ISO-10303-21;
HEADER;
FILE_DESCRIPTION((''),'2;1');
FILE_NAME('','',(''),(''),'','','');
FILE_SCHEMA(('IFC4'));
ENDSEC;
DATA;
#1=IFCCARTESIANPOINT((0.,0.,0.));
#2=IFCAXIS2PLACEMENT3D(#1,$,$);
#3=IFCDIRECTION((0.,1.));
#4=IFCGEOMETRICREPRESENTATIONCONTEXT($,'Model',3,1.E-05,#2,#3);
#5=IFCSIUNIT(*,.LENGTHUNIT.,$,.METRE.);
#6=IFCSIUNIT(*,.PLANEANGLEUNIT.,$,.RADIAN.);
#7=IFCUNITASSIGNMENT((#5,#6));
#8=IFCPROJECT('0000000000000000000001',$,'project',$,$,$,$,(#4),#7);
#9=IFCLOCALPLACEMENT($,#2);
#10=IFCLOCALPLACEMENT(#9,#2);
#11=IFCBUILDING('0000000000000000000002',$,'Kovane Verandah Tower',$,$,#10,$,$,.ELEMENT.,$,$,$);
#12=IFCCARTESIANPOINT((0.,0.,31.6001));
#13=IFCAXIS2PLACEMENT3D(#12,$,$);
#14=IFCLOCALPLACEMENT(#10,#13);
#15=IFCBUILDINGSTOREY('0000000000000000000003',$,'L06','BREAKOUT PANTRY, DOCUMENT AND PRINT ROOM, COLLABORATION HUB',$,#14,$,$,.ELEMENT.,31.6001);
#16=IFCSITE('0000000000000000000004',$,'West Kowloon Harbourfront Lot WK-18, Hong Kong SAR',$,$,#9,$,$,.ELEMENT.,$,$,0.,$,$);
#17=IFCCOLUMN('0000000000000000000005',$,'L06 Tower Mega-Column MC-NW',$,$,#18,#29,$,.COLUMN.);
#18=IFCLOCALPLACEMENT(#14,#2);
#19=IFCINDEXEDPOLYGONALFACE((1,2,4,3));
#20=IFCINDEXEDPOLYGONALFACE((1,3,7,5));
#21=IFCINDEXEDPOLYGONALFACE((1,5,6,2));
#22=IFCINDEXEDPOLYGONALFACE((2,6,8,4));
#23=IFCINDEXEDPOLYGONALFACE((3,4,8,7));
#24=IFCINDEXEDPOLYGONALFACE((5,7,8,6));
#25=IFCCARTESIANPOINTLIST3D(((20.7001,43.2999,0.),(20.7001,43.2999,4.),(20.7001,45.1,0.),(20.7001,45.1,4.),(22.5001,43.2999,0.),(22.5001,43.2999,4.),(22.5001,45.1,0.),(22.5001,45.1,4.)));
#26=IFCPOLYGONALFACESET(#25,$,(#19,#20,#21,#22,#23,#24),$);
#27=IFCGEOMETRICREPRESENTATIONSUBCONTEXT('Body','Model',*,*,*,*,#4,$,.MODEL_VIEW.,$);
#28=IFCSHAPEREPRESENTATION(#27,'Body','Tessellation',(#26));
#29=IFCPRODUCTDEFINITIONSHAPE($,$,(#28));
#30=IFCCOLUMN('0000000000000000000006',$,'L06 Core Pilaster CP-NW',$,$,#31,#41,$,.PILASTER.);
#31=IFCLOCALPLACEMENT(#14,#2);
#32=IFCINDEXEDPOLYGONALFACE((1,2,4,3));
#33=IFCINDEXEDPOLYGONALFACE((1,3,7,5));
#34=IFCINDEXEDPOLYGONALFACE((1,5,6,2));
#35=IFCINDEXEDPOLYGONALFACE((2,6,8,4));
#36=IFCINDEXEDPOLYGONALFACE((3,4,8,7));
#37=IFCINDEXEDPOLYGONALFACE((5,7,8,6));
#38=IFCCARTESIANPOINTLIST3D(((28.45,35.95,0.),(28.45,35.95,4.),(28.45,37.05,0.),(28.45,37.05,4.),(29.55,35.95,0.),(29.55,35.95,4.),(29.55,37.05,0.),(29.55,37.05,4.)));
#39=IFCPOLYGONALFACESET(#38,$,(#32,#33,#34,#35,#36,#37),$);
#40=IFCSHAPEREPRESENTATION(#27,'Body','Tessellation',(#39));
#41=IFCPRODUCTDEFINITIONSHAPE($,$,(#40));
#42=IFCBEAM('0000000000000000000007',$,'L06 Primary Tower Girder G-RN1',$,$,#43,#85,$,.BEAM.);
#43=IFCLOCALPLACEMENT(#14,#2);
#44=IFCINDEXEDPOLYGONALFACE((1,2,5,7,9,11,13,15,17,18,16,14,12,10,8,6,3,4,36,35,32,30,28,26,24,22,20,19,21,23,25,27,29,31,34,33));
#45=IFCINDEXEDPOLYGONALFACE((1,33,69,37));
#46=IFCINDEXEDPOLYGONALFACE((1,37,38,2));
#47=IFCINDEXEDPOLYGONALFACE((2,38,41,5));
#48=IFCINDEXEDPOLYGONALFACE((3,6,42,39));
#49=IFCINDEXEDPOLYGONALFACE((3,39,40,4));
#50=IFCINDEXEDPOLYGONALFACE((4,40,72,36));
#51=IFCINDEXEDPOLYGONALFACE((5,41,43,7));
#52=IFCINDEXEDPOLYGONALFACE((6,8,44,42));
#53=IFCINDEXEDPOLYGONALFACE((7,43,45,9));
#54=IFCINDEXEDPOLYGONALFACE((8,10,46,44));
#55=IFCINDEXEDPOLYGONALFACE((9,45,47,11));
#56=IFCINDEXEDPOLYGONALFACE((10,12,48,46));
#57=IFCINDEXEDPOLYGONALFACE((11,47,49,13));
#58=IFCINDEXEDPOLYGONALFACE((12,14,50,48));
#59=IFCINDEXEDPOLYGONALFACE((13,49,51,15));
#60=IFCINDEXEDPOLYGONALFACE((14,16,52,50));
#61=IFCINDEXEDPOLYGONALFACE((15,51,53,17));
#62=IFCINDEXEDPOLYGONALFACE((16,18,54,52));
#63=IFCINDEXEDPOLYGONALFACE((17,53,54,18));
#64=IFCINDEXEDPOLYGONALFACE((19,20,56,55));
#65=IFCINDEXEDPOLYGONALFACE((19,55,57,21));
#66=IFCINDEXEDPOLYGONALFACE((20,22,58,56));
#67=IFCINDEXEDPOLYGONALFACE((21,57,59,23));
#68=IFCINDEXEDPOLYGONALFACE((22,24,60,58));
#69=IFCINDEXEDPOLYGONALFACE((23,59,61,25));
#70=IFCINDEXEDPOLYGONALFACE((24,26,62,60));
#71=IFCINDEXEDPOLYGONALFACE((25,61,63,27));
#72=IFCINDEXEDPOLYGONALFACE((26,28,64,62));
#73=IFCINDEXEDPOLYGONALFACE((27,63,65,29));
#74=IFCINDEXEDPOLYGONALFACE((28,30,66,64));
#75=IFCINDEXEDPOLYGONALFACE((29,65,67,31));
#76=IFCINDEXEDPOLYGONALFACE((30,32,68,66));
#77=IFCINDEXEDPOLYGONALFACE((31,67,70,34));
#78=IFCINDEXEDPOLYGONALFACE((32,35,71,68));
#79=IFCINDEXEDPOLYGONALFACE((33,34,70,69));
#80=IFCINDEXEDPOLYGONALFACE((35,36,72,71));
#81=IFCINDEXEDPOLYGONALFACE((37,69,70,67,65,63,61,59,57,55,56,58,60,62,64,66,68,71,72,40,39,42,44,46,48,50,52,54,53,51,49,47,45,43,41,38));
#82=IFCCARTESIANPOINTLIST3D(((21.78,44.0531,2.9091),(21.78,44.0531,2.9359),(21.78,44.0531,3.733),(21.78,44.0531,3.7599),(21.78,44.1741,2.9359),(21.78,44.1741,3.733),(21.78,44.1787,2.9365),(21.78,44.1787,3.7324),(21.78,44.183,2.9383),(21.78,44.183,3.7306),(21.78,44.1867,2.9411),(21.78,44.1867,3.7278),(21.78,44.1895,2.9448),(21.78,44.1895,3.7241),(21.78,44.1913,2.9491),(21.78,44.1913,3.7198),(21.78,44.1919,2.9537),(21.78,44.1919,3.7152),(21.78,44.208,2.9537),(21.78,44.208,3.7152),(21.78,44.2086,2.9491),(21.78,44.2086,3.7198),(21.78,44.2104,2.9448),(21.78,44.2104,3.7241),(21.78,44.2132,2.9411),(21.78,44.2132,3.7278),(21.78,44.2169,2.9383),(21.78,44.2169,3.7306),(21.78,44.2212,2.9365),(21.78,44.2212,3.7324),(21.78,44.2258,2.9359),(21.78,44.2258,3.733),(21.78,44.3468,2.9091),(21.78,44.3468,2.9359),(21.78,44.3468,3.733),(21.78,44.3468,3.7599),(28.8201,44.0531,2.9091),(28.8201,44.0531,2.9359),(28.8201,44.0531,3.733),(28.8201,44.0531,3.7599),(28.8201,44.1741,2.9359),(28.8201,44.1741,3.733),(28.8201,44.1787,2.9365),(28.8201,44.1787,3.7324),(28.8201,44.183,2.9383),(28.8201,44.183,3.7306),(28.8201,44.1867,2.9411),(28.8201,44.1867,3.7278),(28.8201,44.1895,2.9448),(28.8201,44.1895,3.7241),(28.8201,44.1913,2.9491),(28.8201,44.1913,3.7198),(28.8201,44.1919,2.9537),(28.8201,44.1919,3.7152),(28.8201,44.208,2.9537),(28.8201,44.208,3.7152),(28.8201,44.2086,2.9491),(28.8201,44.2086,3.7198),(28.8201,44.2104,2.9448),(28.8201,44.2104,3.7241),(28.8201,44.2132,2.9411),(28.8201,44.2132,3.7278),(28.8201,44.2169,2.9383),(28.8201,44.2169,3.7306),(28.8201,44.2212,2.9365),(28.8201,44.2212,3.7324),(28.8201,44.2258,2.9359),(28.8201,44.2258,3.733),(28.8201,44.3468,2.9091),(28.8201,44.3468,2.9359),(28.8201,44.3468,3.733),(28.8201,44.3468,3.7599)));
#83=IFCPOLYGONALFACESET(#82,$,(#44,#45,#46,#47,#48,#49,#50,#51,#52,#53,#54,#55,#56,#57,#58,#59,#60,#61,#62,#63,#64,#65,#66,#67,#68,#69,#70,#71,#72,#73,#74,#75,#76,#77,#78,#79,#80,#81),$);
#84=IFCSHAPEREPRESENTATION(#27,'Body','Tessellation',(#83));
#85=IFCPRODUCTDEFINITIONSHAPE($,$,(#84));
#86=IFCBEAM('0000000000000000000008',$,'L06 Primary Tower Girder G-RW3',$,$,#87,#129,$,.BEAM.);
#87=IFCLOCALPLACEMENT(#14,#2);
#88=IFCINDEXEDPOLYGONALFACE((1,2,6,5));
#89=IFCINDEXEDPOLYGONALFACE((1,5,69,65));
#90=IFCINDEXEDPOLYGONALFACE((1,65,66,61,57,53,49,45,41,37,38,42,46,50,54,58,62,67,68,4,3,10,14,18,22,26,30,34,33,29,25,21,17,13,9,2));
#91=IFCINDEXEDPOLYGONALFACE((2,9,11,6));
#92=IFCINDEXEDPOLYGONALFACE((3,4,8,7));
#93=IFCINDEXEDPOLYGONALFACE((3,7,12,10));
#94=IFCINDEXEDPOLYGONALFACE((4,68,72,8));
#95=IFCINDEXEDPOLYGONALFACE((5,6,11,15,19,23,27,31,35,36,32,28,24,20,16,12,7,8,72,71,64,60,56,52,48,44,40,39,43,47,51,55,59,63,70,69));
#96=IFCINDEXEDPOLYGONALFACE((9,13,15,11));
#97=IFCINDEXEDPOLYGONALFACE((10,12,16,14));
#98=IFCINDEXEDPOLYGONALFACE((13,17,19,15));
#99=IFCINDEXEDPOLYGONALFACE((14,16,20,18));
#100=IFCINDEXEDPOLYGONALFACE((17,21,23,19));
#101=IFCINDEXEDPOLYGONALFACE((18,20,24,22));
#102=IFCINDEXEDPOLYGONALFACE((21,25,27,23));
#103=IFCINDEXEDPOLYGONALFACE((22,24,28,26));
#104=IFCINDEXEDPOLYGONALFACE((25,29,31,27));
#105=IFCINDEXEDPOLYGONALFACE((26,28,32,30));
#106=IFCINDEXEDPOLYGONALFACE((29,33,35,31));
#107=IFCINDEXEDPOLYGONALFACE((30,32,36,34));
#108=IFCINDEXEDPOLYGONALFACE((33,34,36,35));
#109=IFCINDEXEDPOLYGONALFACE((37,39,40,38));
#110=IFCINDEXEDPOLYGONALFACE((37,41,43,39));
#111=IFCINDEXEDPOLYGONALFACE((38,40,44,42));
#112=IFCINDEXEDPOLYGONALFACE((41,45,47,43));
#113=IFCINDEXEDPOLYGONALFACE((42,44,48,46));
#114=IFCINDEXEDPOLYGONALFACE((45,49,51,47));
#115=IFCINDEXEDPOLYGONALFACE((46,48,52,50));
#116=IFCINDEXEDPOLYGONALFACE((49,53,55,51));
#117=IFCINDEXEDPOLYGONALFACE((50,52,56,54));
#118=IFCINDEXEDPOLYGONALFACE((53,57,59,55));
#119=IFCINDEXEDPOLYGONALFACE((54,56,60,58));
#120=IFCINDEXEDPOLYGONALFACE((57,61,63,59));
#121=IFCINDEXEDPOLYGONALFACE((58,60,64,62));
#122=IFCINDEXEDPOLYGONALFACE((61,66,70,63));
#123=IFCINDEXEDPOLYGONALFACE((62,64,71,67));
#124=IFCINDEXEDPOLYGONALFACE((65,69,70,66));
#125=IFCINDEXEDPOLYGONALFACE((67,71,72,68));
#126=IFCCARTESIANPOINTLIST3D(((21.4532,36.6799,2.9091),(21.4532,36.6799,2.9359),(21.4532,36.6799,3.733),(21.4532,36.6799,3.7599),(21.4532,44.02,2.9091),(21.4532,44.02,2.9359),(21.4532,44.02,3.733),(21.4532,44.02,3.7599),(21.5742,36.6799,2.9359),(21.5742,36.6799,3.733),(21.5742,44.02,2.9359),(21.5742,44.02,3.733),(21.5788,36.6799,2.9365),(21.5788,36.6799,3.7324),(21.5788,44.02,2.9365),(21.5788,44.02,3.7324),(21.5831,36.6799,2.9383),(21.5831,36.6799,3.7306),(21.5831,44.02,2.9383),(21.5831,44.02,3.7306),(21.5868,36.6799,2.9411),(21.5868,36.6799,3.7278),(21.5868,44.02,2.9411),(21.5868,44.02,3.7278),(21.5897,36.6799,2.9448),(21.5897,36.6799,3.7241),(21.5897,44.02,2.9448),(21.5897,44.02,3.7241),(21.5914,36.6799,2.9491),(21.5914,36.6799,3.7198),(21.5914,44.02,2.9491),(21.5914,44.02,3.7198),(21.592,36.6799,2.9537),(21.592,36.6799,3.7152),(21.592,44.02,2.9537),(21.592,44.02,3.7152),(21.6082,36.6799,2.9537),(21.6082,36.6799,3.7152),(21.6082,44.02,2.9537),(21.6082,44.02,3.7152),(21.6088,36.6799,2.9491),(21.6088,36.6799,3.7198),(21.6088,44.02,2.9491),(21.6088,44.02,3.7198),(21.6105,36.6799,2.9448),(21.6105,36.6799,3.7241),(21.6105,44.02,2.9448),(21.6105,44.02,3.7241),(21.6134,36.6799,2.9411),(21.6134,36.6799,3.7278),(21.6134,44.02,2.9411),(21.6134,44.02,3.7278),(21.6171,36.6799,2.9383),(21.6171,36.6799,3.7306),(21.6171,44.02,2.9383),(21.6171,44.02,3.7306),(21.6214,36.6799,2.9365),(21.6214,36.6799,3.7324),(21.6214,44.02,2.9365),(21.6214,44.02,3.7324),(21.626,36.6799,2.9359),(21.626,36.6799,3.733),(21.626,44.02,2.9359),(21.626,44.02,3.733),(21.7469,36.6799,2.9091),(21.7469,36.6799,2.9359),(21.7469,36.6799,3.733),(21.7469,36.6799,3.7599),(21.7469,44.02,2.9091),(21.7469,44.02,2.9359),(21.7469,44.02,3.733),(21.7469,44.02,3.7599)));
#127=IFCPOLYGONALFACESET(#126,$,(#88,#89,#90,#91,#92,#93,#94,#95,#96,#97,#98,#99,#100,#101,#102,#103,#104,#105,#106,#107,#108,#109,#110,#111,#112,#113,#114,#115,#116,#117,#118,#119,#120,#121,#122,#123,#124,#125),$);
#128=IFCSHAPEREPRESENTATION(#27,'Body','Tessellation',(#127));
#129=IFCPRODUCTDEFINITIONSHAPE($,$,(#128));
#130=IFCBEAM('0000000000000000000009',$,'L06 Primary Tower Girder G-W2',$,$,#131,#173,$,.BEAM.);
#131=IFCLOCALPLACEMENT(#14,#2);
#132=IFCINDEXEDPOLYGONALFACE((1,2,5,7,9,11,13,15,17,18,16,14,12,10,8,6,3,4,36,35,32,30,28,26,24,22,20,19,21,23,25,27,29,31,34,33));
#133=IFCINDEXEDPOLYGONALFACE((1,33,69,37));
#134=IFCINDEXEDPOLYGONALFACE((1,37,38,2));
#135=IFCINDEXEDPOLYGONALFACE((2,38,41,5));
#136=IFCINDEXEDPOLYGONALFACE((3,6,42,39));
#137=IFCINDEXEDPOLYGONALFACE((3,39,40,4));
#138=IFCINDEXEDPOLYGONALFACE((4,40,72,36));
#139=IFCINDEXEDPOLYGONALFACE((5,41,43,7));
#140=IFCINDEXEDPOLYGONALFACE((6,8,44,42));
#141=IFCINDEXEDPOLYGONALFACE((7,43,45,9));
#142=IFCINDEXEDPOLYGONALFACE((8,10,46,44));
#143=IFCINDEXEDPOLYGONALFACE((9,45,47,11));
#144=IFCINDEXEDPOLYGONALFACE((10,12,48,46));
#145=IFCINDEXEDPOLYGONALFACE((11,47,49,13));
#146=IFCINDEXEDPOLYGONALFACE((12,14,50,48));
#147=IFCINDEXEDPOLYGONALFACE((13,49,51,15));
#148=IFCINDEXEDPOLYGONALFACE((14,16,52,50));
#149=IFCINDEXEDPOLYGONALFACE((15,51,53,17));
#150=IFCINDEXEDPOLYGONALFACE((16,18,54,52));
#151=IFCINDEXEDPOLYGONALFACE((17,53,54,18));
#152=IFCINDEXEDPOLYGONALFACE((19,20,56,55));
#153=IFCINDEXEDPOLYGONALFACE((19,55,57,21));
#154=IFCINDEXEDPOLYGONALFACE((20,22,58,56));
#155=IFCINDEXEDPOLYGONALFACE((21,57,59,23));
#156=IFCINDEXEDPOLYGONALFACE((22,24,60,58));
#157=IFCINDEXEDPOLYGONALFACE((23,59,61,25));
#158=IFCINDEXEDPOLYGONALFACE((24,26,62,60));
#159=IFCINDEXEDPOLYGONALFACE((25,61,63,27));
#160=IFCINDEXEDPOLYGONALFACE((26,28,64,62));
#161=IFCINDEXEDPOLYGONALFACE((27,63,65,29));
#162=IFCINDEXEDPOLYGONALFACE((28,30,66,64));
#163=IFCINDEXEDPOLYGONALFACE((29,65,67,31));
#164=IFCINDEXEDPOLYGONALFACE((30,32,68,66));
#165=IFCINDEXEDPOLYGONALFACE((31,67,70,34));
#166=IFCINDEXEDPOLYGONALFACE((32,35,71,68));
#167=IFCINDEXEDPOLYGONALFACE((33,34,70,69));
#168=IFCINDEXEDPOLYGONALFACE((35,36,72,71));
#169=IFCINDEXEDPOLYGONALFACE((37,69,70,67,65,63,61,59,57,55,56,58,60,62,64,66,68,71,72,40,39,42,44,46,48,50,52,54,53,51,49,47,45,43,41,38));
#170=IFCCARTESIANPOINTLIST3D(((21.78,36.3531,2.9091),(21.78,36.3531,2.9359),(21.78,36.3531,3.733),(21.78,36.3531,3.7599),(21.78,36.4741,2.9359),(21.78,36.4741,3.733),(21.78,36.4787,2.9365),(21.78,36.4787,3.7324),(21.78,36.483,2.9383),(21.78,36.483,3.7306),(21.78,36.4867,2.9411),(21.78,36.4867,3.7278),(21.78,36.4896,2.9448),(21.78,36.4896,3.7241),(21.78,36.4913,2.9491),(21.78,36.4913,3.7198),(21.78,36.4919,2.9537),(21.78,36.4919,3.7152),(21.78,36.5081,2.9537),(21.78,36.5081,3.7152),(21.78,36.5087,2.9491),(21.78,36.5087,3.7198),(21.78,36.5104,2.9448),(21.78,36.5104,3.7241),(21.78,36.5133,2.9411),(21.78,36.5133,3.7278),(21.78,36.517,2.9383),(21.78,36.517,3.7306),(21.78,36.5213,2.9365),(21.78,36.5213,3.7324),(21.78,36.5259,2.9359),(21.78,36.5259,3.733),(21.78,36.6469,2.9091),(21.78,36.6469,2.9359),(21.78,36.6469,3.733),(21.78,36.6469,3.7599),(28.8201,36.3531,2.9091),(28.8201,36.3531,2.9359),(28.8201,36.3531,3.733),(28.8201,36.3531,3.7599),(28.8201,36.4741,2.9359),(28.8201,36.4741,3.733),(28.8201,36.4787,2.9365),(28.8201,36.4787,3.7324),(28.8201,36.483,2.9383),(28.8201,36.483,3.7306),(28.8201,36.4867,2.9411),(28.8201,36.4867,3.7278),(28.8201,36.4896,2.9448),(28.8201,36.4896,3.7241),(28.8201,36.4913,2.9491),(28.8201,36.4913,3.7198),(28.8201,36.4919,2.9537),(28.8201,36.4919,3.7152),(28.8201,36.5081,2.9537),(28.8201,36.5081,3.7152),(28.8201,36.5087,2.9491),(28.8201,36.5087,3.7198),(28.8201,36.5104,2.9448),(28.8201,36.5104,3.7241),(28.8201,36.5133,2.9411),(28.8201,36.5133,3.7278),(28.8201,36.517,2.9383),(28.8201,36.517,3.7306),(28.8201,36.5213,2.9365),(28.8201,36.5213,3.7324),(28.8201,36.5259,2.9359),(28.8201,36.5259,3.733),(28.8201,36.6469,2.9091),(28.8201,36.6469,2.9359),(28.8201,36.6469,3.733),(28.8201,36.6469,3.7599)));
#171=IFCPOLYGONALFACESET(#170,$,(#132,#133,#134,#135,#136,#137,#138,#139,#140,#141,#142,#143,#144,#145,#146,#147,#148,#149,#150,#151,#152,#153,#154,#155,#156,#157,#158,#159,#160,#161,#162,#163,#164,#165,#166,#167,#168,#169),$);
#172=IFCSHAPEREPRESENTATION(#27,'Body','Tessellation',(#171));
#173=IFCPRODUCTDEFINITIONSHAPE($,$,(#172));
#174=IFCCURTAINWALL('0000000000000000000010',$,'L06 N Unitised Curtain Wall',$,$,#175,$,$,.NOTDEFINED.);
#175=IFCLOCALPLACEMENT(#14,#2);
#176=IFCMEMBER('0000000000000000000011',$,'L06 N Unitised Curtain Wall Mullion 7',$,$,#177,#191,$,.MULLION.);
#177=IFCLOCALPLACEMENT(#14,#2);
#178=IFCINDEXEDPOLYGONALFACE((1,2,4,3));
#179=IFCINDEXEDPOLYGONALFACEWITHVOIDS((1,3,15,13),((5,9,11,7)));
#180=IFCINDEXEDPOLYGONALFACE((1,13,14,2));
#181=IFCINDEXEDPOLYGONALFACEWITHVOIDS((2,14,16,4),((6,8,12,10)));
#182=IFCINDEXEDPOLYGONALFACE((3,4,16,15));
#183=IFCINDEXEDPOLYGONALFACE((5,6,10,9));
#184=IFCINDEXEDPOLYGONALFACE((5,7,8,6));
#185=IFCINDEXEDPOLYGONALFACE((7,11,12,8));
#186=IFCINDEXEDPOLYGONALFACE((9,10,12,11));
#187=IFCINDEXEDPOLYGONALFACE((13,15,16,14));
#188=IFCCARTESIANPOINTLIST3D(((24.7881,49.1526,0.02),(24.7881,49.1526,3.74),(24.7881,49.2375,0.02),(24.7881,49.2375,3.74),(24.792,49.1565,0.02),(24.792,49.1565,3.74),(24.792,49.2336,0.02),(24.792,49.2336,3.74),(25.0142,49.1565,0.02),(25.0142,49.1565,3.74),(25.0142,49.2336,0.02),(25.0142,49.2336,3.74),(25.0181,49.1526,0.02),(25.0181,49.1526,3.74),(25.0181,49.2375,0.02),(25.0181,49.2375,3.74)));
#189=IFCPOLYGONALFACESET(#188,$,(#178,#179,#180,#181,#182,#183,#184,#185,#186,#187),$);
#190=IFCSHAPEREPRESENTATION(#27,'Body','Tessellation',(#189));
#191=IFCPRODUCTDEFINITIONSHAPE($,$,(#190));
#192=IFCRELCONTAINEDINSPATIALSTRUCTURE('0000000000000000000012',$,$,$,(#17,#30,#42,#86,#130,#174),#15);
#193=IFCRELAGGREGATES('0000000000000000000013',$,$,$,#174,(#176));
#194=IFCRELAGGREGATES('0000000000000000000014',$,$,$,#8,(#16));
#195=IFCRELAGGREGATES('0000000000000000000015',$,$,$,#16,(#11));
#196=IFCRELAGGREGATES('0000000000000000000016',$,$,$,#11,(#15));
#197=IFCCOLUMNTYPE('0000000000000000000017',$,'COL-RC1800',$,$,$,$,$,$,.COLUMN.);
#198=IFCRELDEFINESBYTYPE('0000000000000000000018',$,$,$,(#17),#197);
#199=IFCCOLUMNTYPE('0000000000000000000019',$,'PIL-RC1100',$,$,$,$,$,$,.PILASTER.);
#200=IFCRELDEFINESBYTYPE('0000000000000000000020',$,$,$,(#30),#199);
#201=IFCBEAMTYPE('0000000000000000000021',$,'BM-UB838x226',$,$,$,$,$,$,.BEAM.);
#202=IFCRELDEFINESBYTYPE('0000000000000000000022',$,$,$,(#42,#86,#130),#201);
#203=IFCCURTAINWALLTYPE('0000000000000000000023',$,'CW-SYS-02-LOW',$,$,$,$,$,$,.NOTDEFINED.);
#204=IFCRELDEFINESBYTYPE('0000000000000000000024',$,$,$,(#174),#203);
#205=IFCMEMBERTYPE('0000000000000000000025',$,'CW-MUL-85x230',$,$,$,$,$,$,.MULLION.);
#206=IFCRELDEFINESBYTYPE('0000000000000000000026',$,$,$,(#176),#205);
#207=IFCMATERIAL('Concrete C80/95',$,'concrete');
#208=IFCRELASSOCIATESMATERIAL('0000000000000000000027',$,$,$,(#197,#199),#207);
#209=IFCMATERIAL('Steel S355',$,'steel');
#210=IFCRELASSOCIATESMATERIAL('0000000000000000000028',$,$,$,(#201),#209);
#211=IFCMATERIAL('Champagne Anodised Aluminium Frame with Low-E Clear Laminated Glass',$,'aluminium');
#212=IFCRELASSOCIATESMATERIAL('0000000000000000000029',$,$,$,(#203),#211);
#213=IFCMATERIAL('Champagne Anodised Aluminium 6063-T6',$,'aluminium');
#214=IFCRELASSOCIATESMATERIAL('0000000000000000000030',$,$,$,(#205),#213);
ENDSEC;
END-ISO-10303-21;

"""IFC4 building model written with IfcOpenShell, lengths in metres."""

from ifc_helpers import new_model, si_unit, direction, frame, origin, origin_2d, place, context, subcontext, project, spatial, rectangle, hollow_rectangle, i_section, extrude, material, material_profile, profile_set, type_object, element, aggregate, save


model = new_model("IFC4")

# Units and contexts
model_context = context("Model", 3, precision=1e-05, world=origin(), true_north=direction((0.0, 1.0)))
body_context = subcontext(model_context, "Body", "Model", "MODEL_VIEW")
ifc_project = project(units=[si_unit("LENGTHUNIT", "METRE"), si_unit("PLANEANGLEUNIT", "RADIAN")], contexts=[model_context])

# Site, building, storey
site_placement = place(None, origin())
site = spatial("IfcSite", under=ifc_project, at=site_placement, Name="West Kowloon Harbourfront Lot WK-18, Hong Kong SAR", CompositionType="ELEMENT", RefElevation=0.0)
building_placement = place(site_placement, origin())
building = spatial("IfcBuilding", under=site, at=building_placement, Name="Kovane Verandah Tower", CompositionType="ELEMENT")
storey_placement = place(building_placement, frame((0.0, 0.0, 31.6001)))
storey = spatial("IfcBuildingStorey", under=building, at=storey_placement, Name="L06", Description="BREAKOUT PANTRY, DOCUMENT AND PRINT ROOM, COLLABORATION HUB", CompositionType="ELEMENT", Elevation=31.6001)

# Columns
ifc_material_1 = material(Name="Concrete C80/95", Category="concrete")
ifc_material_profile_1 = material_profile(ifc_material_1, rectangle(XDim=1.8, YDim=1.8, at=origin_2d()), Name="RC1800x1800")
ifc_profile_set_1 = profile_set([ifc_material_profile_1], Name="Concrete C80/95")
column_type_1 = type_object("IfcColumnType", Name="COL-RC1800", PredefinedType="COLUMN", material=ifc_profile_set_1)
column_1_placement = place(storey_placement, frame((21.6001, 44.2, 0.0), z_axis=(0.0, 0.0, 1.0), x_axis=(1.0, 0.0, 0.0)))
element("IfcColumn", 1, at=column_1_placement, inside=storey, type_object=column_type_1, Name="L06 Tower Mega-Column MC-NW", PredefinedType="COLUMN", context=body_context, shape_type="SweptSolid", body=[
    extrude(rectangle(XDim=1.8, YDim=1.8, at=origin_2d()), origin(), (0.0, 0.0, 1.0), 4.0),
])
ifc_material_profile_2 = material_profile(ifc_material_1, rectangle(XDim=1.1001, YDim=1.1001, at=origin_2d()), Name="RC1100x1100")
ifc_profile_set_2 = profile_set([ifc_material_profile_2], Name="Concrete C80/95")
column_type_2 = type_object("IfcColumnType", Name="PIL-RC1100", PredefinedType="PILASTER", material=ifc_profile_set_2)
column_2_placement = place(storey_placement, frame((29.0, 36.5, 0.0), z_axis=(0.0, 0.0, 1.0), x_axis=(1.0, 0.0, 0.0)))
element("IfcColumn", 2, at=column_2_placement, inside=storey, type_object=column_type_2, Name="L06 Core Pilaster CP-NW", PredefinedType="PILASTER", context=body_context, shape_type="SweptSolid", body=[
    extrude(rectangle(XDim=1.1001, YDim=1.1001, at=origin_2d()), origin(), (0.0, 0.0, 1.0), 4.0),
])

# Beams
ifc_material_2 = material(Name="Steel S355", Category="steel")
ifc_material_profile_3 = material_profile(ifc_material_2, i_section(OverallWidth=0.2937, OverallDepth=0.8508, WebThickness=0.0161, FlangeThickness=0.0269, FilletRadius=0.0178, at=origin_2d()), Name="UB838x292x226")
ifc_profile_set_3 = profile_set([ifc_material_profile_3], Name="Steel S355")
beam_type_1 = type_object("IfcBeamType", Name="BM-UB838x226", PredefinedType="BEAM", material=ifc_profile_set_3)
beam_1_placement = place(storey_placement, frame((21.78, 44.2, 3.3345), z_axis=(1.0, 0.0, 0.0), x_axis=(0.0, 1.0, 0.0)))
element("IfcBeam", 3, at=beam_1_placement, inside=storey, type_object=beam_type_1, Name="L06 Primary Tower Girder G-RN1", PredefinedType="BEAM", context=body_context, shape_type="SweptSolid", body=[
    extrude(i_section(OverallWidth=0.2937, OverallDepth=0.8508, WebThickness=0.0161, FlangeThickness=0.0269, FilletRadius=0.0178, at=origin_2d()), origin(), (0.0, 0.0, 1.0), 7.04),
])
beam_2_placement = place(storey_placement, frame((21.6001, 36.6799, 3.3345), z_axis=(0.0, 1.0, 0.0), x_axis=(-1.0, 0.0, 0.0)))
element("IfcBeam", 4, at=beam_2_placement, inside=storey, type_object=beam_type_1, Name="L06 Primary Tower Girder G-RW3", PredefinedType="BEAM", context=body_context, shape_type="SweptSolid", body=[
    extrude(i_section(OverallWidth=0.2937, OverallDepth=0.8508, WebThickness=0.0161, FlangeThickness=0.0269, FilletRadius=0.0178, at=origin_2d()), origin(), (0.0, 0.0, 1.0), 7.3401),
])
beam_3_placement = place(storey_placement, frame((28.8201, 36.5, 3.3345), z_axis=(-1.0, 0.0, 0.0), x_axis=(0.0, -1.0, 0.0)))
element("IfcBeam", 5, at=beam_3_placement, inside=storey, type_object=beam_type_1, Name="L06 Primary Tower Girder G-W2", PredefinedType="BEAM", context=body_context, shape_type="SweptSolid", body=[
    extrude(i_section(OverallWidth=0.2937, OverallDepth=0.8508, WebThickness=0.0161, FlangeThickness=0.0269, FilletRadius=0.0178, at=origin_2d()), origin(), (0.0, 0.0, 1.0), 7.04),
])

# Curtain wall, member
ifc_material_3 = material(Name="Champagne Anodised Aluminium Frame with Low-E Clear Laminated Glass", Category="aluminium")
curtain_wall_type = type_object("IfcCurtainWallType", Name="CW-SYS-02-LOW", PredefinedType="NOTDEFINED", material=ifc_material_3)
curtain_wall_placement = place(storey_placement, origin())
curtain_wall = element("IfcCurtainWall", 6, at=curtain_wall_placement, inside=storey, type_object=curtain_wall_type, Name="L06 N Unitised Curtain Wall", PredefinedType="NOTDEFINED")
ifc_material_4 = material(Name="Champagne Anodised Aluminium 6063-T6", Category="aluminium")
ifc_material_profile_4 = material_profile(ifc_material_4, hollow_rectangle(XDim=0.085, YDim=0.23, WallThickness=0.0039, at=origin_2d()), Name="AL85x230x4")
ifc_profile_set_4 = profile_set([ifc_material_profile_4], Name="Champagne Anodised Aluminium 6063-T6")
member_type_1 = type_object("IfcMemberType", Name="CW-MUL-85x230", PredefinedType="MULLION", material=ifc_profile_set_4)
member_1_placement = place(storey_placement, frame((24.9031, 49.1951, 0.02), z_axis=(0.0, 0.0, 1.0), x_axis=(0.0, 1.0, 0.0)))
member_1 = element("IfcMember", 7, at=member_1_placement, type_object=member_type_1, Name="L06 N Unitised Curtain Wall Mullion 7", PredefinedType="MULLION", context=body_context, shape_type="SweptSolid", body=[
    extrude(hollow_rectangle(XDim=0.085, YDim=0.23, WallThickness=0.0039, at=origin_2d()), origin(), (0.0, 0.0, 1.0), 3.72),
])

aggregate(curtain_wall, [member_1])

save(model, "model.ifc")
